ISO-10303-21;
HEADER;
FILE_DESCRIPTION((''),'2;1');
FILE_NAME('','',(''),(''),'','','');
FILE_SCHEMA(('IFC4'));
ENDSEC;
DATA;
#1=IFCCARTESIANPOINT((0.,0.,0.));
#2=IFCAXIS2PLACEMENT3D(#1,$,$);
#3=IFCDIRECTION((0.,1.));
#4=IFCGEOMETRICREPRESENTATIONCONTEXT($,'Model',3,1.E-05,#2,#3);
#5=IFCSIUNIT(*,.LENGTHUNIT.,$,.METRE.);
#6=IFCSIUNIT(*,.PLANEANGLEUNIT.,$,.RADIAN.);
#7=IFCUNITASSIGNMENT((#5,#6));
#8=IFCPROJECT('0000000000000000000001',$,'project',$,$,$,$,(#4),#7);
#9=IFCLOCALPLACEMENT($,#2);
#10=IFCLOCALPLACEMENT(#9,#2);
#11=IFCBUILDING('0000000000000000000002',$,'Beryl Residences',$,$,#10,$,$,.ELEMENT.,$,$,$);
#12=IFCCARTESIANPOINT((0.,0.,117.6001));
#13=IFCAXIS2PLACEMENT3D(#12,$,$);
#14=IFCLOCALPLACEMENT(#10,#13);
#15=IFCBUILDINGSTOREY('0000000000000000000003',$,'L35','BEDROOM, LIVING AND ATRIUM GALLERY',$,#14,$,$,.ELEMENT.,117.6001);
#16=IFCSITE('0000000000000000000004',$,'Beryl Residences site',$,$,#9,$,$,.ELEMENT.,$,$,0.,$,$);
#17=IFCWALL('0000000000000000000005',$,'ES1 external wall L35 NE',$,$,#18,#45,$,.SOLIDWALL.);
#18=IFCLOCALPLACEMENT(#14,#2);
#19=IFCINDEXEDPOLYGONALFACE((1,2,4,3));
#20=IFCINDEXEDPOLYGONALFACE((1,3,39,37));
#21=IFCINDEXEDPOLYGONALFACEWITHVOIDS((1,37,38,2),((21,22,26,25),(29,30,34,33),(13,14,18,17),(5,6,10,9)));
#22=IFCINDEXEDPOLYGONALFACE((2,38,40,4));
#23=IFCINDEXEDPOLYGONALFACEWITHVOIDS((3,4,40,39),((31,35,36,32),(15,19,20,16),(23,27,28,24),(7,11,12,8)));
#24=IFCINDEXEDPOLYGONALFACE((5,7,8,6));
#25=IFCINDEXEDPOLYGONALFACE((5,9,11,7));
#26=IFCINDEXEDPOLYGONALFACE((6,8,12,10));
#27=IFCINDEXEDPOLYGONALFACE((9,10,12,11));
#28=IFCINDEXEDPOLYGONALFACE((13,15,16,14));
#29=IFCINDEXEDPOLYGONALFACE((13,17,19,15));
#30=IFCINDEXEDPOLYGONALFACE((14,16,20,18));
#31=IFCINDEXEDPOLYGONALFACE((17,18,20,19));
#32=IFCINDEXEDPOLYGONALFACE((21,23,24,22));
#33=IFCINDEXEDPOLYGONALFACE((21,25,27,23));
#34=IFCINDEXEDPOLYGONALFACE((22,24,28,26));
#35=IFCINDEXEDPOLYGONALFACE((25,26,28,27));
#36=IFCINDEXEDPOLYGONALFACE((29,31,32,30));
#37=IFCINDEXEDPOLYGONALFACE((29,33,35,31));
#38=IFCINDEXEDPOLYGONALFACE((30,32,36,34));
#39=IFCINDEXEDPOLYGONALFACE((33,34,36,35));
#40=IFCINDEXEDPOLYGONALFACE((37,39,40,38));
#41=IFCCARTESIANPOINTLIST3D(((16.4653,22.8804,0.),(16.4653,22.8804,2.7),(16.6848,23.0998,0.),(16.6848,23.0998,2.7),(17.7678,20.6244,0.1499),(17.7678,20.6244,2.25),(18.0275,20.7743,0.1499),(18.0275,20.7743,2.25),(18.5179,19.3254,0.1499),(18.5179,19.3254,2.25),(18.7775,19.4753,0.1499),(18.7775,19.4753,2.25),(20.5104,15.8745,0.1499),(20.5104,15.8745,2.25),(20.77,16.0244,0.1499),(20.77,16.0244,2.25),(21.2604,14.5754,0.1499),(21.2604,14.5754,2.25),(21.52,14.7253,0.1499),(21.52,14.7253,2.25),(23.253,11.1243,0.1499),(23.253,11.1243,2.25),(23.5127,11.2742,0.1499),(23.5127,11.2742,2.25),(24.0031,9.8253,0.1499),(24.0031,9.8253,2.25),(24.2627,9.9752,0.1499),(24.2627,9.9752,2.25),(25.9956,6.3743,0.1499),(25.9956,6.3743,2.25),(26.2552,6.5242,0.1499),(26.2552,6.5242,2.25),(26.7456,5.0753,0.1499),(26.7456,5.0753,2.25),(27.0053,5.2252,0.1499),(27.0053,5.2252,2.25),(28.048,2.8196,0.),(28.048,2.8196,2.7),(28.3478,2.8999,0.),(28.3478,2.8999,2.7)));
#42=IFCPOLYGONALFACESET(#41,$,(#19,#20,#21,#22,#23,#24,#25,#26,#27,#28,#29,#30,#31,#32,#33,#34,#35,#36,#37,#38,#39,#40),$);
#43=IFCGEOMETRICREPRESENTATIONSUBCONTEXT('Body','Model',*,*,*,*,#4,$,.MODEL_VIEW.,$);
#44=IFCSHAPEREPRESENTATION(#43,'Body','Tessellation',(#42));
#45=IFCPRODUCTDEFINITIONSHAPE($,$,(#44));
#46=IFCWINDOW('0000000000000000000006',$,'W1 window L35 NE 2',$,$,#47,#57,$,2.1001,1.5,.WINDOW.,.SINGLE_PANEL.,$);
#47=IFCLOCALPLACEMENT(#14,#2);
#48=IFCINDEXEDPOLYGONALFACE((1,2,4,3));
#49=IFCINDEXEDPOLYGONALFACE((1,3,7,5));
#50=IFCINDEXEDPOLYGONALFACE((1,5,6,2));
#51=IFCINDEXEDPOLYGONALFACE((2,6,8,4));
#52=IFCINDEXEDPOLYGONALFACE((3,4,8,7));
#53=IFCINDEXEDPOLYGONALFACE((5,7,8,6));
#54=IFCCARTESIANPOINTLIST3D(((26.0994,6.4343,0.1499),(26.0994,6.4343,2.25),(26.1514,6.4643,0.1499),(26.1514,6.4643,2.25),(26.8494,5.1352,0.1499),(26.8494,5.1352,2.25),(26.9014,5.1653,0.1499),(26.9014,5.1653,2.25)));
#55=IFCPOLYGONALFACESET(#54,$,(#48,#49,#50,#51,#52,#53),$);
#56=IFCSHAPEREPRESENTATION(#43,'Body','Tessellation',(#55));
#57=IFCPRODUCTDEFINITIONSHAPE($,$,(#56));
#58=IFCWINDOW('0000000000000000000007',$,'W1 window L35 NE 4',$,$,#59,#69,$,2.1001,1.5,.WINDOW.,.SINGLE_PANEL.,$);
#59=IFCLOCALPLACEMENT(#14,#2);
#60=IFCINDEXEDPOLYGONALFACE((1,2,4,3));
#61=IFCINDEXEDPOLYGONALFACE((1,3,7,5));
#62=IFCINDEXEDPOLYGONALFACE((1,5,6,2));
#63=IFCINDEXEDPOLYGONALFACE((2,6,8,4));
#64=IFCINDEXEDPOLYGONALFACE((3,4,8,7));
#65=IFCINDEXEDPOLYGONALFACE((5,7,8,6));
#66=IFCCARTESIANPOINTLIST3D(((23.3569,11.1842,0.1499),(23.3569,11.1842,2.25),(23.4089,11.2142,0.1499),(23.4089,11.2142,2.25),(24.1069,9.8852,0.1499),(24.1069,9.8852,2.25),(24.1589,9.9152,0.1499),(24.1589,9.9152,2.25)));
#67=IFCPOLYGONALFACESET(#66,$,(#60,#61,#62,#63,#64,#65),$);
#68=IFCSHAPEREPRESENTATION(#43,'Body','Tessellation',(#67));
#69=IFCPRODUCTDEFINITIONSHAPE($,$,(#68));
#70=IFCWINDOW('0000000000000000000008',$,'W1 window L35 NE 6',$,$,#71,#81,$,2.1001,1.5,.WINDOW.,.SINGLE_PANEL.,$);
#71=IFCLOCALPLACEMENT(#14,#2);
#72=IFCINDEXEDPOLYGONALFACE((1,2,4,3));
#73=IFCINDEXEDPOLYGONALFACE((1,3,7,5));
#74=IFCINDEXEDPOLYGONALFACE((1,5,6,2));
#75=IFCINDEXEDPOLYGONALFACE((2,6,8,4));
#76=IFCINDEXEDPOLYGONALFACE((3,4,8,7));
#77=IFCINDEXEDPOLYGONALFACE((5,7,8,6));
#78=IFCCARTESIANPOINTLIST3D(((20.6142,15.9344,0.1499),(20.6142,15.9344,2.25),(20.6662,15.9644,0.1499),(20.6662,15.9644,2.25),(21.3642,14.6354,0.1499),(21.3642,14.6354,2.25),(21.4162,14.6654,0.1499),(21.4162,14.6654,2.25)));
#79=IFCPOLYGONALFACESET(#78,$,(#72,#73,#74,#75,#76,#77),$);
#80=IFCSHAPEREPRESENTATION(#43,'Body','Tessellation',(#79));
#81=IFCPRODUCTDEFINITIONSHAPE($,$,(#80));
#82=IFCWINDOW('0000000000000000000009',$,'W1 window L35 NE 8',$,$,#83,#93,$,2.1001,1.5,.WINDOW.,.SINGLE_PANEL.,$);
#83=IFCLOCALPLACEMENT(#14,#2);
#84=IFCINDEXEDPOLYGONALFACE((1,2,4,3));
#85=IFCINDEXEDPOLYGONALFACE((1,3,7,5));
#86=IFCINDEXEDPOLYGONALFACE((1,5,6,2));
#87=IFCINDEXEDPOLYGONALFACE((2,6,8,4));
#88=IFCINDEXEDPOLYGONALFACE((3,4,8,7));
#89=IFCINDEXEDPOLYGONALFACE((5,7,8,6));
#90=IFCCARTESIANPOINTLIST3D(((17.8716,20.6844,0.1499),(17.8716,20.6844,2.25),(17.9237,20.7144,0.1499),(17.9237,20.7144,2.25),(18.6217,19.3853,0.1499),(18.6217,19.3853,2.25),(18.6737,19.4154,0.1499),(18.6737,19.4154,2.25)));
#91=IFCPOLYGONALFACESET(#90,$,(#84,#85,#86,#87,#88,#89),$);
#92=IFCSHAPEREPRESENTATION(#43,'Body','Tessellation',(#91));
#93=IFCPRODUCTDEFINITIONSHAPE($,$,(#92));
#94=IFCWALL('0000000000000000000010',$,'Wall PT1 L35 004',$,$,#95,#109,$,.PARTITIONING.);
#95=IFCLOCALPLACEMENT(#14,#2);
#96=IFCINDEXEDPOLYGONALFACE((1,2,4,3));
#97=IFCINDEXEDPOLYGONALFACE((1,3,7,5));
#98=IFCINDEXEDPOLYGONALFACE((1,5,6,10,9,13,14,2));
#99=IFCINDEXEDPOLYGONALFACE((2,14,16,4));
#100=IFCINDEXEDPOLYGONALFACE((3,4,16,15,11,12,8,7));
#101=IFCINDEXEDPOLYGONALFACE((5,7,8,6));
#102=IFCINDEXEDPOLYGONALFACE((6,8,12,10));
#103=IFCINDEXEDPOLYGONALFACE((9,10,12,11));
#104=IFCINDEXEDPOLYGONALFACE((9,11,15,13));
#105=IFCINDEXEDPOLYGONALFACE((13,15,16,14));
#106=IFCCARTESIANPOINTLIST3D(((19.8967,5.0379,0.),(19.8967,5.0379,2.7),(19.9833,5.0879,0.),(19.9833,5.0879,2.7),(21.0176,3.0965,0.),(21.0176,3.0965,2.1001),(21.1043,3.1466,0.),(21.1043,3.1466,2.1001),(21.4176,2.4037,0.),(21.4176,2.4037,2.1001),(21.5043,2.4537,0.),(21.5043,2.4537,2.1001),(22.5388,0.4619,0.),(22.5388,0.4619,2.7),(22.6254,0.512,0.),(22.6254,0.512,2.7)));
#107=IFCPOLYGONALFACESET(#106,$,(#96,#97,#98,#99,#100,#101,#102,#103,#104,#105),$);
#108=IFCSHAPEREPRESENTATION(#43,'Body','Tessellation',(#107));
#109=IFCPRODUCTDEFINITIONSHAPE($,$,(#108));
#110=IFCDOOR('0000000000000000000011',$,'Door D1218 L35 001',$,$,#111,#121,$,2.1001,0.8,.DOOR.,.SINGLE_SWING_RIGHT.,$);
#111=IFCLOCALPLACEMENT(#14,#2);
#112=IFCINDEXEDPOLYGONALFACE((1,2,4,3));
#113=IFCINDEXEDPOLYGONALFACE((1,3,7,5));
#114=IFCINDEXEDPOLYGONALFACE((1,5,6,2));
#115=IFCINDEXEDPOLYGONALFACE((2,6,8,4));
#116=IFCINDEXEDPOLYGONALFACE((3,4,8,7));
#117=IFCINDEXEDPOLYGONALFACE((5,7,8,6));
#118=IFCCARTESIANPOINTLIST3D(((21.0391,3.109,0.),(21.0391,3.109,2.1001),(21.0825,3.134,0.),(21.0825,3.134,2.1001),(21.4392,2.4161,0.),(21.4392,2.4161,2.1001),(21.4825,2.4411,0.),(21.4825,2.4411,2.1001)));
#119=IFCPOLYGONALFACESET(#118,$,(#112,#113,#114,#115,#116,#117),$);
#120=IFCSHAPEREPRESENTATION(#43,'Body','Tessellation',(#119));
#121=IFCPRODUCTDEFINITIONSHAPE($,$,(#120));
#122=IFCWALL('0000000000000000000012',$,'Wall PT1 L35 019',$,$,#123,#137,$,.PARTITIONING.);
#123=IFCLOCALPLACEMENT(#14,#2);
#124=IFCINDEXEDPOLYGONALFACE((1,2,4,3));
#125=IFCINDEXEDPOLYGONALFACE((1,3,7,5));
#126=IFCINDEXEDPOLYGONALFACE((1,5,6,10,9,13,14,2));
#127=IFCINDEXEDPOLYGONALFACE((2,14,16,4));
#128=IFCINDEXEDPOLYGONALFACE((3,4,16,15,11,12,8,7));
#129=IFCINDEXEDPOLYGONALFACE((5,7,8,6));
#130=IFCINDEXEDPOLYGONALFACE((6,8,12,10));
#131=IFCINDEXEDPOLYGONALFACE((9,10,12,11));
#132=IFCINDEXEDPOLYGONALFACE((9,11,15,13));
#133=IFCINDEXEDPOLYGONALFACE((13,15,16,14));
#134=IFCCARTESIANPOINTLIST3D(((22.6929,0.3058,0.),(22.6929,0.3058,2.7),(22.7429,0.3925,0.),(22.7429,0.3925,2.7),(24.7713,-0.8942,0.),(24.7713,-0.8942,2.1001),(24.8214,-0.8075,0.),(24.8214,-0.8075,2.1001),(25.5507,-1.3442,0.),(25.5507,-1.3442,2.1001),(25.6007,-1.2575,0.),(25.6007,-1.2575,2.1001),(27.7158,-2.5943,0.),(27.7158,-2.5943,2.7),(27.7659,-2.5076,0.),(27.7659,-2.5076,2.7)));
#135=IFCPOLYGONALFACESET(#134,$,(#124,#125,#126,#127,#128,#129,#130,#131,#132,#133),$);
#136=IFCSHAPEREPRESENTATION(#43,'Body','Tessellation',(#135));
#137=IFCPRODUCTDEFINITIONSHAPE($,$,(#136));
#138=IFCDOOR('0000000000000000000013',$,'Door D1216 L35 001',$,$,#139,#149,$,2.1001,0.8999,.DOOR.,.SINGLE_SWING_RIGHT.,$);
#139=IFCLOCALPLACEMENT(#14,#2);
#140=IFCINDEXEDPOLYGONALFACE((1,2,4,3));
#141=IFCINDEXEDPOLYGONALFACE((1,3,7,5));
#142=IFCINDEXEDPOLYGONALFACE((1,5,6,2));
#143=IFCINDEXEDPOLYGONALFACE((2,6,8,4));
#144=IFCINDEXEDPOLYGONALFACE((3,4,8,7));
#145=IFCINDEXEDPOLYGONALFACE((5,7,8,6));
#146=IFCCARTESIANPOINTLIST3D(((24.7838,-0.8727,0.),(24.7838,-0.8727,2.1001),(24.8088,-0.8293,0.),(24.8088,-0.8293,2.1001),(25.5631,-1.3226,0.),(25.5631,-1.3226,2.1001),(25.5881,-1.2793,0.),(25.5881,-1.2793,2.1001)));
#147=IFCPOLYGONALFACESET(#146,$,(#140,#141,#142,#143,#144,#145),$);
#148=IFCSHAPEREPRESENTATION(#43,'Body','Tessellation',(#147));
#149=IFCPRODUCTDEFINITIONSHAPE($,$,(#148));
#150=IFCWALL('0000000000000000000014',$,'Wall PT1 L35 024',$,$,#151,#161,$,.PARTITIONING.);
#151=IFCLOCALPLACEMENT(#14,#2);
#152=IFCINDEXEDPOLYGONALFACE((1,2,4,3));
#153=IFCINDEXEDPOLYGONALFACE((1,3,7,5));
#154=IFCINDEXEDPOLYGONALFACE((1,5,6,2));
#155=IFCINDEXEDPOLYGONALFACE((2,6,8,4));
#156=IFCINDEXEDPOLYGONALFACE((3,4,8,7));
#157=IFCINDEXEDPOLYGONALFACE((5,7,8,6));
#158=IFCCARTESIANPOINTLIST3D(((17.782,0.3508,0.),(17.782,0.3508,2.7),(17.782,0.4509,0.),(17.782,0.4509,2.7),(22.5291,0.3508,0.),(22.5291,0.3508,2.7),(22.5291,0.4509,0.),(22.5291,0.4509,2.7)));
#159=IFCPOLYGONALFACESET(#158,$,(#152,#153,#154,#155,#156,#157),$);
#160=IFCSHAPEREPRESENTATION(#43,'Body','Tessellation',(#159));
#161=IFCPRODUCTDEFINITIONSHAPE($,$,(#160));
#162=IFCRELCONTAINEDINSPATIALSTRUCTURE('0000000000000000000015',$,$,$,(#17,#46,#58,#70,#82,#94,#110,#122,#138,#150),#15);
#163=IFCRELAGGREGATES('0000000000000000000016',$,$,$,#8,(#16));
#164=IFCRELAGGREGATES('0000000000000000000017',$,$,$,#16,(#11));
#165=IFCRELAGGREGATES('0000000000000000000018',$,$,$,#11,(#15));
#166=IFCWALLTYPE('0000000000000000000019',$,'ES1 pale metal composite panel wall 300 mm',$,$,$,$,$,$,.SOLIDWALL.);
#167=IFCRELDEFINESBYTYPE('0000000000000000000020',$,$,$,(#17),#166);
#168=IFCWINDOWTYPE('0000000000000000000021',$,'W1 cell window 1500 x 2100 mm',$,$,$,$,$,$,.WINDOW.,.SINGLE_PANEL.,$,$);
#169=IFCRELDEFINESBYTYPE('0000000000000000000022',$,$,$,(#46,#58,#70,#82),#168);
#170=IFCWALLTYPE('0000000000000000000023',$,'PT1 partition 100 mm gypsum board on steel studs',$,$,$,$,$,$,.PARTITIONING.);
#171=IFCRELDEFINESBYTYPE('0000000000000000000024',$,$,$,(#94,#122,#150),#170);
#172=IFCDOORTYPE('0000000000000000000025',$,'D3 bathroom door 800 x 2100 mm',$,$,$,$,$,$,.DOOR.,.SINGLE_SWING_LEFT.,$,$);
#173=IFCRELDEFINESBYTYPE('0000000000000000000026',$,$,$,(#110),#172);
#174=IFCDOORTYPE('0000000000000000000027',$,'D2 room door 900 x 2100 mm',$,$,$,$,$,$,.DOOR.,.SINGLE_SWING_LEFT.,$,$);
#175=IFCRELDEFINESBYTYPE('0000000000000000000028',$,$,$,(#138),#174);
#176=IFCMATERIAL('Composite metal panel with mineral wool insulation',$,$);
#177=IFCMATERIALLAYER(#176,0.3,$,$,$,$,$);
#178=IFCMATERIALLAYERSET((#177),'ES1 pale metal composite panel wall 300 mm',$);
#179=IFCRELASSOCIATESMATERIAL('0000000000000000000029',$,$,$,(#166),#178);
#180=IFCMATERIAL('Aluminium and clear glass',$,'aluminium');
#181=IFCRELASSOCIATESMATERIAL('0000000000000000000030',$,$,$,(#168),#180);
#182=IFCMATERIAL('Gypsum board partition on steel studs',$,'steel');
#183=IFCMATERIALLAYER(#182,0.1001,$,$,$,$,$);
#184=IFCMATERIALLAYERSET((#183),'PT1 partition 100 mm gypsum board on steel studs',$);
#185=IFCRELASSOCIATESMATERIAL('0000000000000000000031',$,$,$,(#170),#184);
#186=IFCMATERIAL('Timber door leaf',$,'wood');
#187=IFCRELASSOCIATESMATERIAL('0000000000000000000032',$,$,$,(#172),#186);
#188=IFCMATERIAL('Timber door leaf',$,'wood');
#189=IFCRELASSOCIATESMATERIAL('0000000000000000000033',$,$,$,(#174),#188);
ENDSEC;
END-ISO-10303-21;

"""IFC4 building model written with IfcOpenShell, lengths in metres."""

from ifc_helpers import new_model, si_unit, direction, frame, frame_2d, origin, place, context, subcontext, project, spatial, polyline, rectangle, outline, extrude, material, layer, layer_set, type_object, element, fill, save


model = new_model("IFC4")

# Units and contexts
model_context = context("Model", 3, precision=1e-05, world=origin(), true_north=direction((0.0, 1.0)))
body_context = subcontext(model_context, "Body", "Model", "MODEL_VIEW")
ifc_project = project(units=[si_unit("LENGTHUNIT", "METRE"), si_unit("PLANEANGLEUNIT", "RADIAN")], contexts=[model_context])

# Site, building, storey
site_placement = place(None, origin())
site = spatial("IfcSite", under=ifc_project, at=site_placement, Name="Beryl Residences site", CompositionType="ELEMENT", RefElevation=0.0)
building_placement = place(site_placement, origin())
building = spatial("IfcBuilding", under=site, at=building_placement, Name="Beryl Residences", CompositionType="ELEMENT")
storey_placement = place(building_placement, frame((0.0, 0.0, 117.6001)))
storey = spatial("IfcBuildingStorey", under=building, at=storey_placement, Name="L35", Description="BEDROOM, LIVING AND ATRIUM GALLERY", CompositionType="ELEMENT", Elevation=117.6001)

# Wall, openings, windows
ifc_material_1 = material(Name="Composite metal panel with mineral wool insulation")
ifc_layer_1 = layer(ifc_material_1, 0.3)
ifc_layer_set_1 = layer_set([ifc_layer_1], Name="ES1 pale metal composite panel wall 300 mm")
wall_type_1 = type_object("IfcWallType", Name="ES1 pale metal composite panel wall 300 mm", PredefinedType="SOLIDWALL", material=ifc_layer_set_1)
wall_1_placement = place(storey_placement, frame((28.218, 2.825, 0.0), z_axis=(0.0, 0.0, 1.0), x_axis=(-0.500021, 0.866014, 0.0)))
wall_1 = element("IfcWall", 1, at=wall_1_placement, inside=storey, type_object=wall_type_1, Name="ES1 external wall L35 NE", PredefinedType="SOLIDWALL", context=body_context, shape_type="SweptSolid", body=[
    extrude(outline(polyline([(0.0, -0.1499), (23.3252, -0.1499), (23.2449, 0.1499), (0.0803, 0.1499), (0.0, -0.1499)])), origin(), (0.0, 0.0, 1.0), 2.7),
])
opening_1_placement = place(wall_1_placement, frame((2.6851, 0.0, 0.1499)))
opening_1 = element("IfcOpeningElement", 2, at=opening_1_placement, cuts=wall_1, PredefinedType="OPENING", context=body_context, shape_type="SweptSolid", body=[
    extrude(rectangle(XDim=1.5, YDim=2.1001, at=frame_2d((0.75, 1.05))), frame((0.0, 0.1599, 0.0), z_axis=(0.0, -1.0, 0.0), x_axis=(1.0, 0.0, 0.0)), (0.0, 0.0, 1.0), 0.3201),
])
opening_2_placement = place(wall_1_placement, frame((8.1699, 0.0, 0.1499)))
opening_2 = element("IfcOpeningElement", 3, at=opening_2_placement, cuts=wall_1, PredefinedType="OPENING", context=body_context, shape_type="SweptSolid", body=[
    extrude(rectangle(XDim=1.5, YDim=2.1001, at=frame_2d((0.75, 1.05))), frame((0.0, 0.1599, 0.0), z_axis=(0.0, -1.0, 0.0), x_axis=(1.0, 0.0, 0.0)), (0.0, 0.0, 1.0), 0.3201),
])
opening_3_placement = place(wall_1_placement, frame((13.655, 0.0, 0.1499)))
opening_3 = element("IfcOpeningElement", 4, at=opening_3_placement, cuts=wall_1, PredefinedType="OPENING", context=body_context, shape_type="SweptSolid", body=[
    extrude(rectangle(XDim=1.5, YDim=2.1001, at=frame_2d((0.75, 1.05))), frame((0.0, 0.1599, 0.0), z_axis=(0.0, -1.0, 0.0), x_axis=(1.0, 0.0, 0.0)), (0.0, 0.0, 1.0), 0.3201),
])
opening_4_placement = place(wall_1_placement, frame((19.1399, 0.0, 0.1499)))
opening_4 = element("IfcOpeningElement", 5, at=opening_4_placement, cuts=wall_1, PredefinedType="OPENING", context=body_context, shape_type="SweptSolid", body=[
    extrude(rectangle(XDim=1.5, YDim=2.1001, at=frame_2d((0.75, 1.05))), frame((0.0, 0.1599, 0.0), z_axis=(0.0, -1.0, 0.0), x_axis=(1.0, 0.0, 0.0)), (0.0, 0.0, 1.0), 0.3201),
])
ifc_material_2 = material(Name="Aluminium and clear glass", Category="aluminium")
window_type = type_object("IfcWindowType", Name="W1 cell window 1500 x 2100 mm", PartitioningType="SINGLE_PANEL", PredefinedType="WINDOW", material=ifc_material_2)
window_1_placement = place(opening_1_placement, origin())
window_1 = element("IfcWindow", 6, at=window_1_placement, inside=storey, type_object=window_type, Name="W1 window L35 NE 2", OverallHeight=2.1001, OverallWidth=1.5, PartitioningType="SINGLE_PANEL", PredefinedType="WINDOW", context=body_context, shape_type="SweptSolid", body=[
    extrude(rectangle(XDim=1.5, YDim=2.1001, at=frame_2d((0.75, 1.05))), frame((0.0, 0.03, 0.0), z_axis=(0.0, -1.0, 0.0), x_axis=(1.0, 0.0, 0.0)), (0.0, 0.0, 1.0), 0.0601),
])
fill(opening_1, window_1)
window_2_placement = place(opening_2_placement, origin())
window_2 = element("IfcWindow", 7, at=window_2_placement, inside=storey, type_object=window_type, Name="W1 window L35 NE 4", OverallHeight=2.1001, OverallWidth=1.5, PartitioningType="SINGLE_PANEL", PredefinedType="WINDOW", context=body_context, shape_type="SweptSolid", body=[
    extrude(rectangle(XDim=1.5, YDim=2.1001, at=frame_2d((0.75, 1.05))), frame((0.0, 0.03, 0.0), z_axis=(0.0, -1.0, 0.0), x_axis=(1.0, 0.0, 0.0)), (0.0, 0.0, 1.0), 0.0601),
])
fill(opening_2, window_2)
window_3_placement = place(opening_3_placement, origin())
window_3 = element("IfcWindow", 8, at=window_3_placement, inside=storey, type_object=window_type, Name="W1 window L35 NE 6", OverallHeight=2.1001, OverallWidth=1.5, PartitioningType="SINGLE_PANEL", PredefinedType="WINDOW", context=body_context, shape_type="SweptSolid", body=[
    extrude(rectangle(XDim=1.5, YDim=2.1001, at=frame_2d((0.75, 1.05))), frame((0.0, 0.03, 0.0), z_axis=(0.0, -1.0, 0.0), x_axis=(1.0, 0.0, 0.0)), (0.0, 0.0, 1.0), 0.0601),
])
fill(opening_3, window_3)
window_4_placement = place(opening_4_placement, origin())
window_4 = element("IfcWindow", 9, at=window_4_placement, inside=storey, type_object=window_type, Name="W1 window L35 NE 8", OverallHeight=2.1001, OverallWidth=1.5, PartitioningType="SINGLE_PANEL", PredefinedType="WINDOW", context=body_context, shape_type="SweptSolid", body=[
    extrude(rectangle(XDim=1.5, YDim=2.1001, at=frame_2d((0.75, 1.05))), frame((0.0, 0.03, 0.0), z_axis=(0.0, -1.0, 0.0), x_axis=(1.0, 0.0, 0.0)), (0.0, 0.0, 1.0), 0.0601),
])
fill(opening_4, window_4)

# Walls, openings, doors
ifc_material_3 = material(Name="Gypsum board partition on steel studs", Category="steel")
ifc_layer_2 = layer(ifc_material_3, 0.1001)
ifc_layer_set_2 = layer_set([ifc_layer_2], Name="PT1 partition 100 mm gypsum board on steel studs")
wall_type_2 = type_object("IfcWallType", Name="PT1 partition 100 mm gypsum board on steel studs", PredefinedType="PARTITIONING", material=ifc_layer_set_2)
wall_2_placement = place(storey_placement, frame((19.9399, 5.063, 0.0), z_axis=(0.0, 0.0, 1.0), x_axis=(0.500025, -0.866011, 0.0)))
wall_2 = element("IfcWall", 10, at=wall_2_placement, inside=storey, type_object=wall_type_2, Name="Wall PT1 L35 004", PredefinedType="PARTITIONING", context=body_context, shape_type="SweptSolid", body=[
    extrude(rectangle(XDim=5.2839, YDim=0.1001, at=frame_2d((2.6421, 0.0))), origin(), (0.0, 0.0, 1.0), 2.7),
])
opening_5_placement = place(wall_2_placement, frame((2.2419, 0.0, 0.0)))
opening_5 = element("IfcOpeningElement", 11, at=opening_5_placement, cuts=wall_2, PredefinedType="OPENING", context=body_context, shape_type="SweptSolid", body=[
    extrude(rectangle(XDim=0.8, YDim=2.1001, at=frame_2d((0.3999, 1.05))), frame((0.0, 0.0601, 0.0), z_axis=(0.0, -1.0, 0.0), x_axis=(1.0, 0.0, 0.0)), (0.0, 0.0, 1.0), 0.1201),
])
ifc_material_4 = material(Name="Timber door leaf", Category="wood")
door_type_1 = type_object("IfcDoorType", Name="D3 bathroom door 800 x 2100 mm", OperationType="SINGLE_SWING_LEFT", PredefinedType="DOOR", material=ifc_material_4)
door_1_placement = place(opening_5_placement, origin())
door_1 = element("IfcDoor", 12, at=door_1_placement, inside=storey, type_object=door_type_1, Name="Door D1218 L35 001", OperationType="SINGLE_SWING_RIGHT", OverallHeight=2.1001, OverallWidth=0.8, PredefinedType="DOOR", context=body_context, shape_type="SweptSolid", body=[
    extrude(rectangle(XDim=0.8, YDim=2.1001, at=frame_2d((0.3999, 1.05))), frame((0.0, 0.0249, 0.0), z_axis=(0.0, -1.0, 0.0), x_axis=(1.0, 0.0, 0.0)), (0.0, 0.0, 1.0), 0.05),
])
fill(opening_5, door_1)
wall_3_placement = place(storey_placement, frame((22.718, 0.3491, 0.0), z_axis=(0.0, 0.0, 1.0), x_axis=(0.866015, -0.500019, 0.0)))
wall_3 = element("IfcWall", 13, at=wall_3_placement, inside=storey, type_object=wall_type_2, Name="Wall PT1 L35 019", PredefinedType="PARTITIONING", context=body_context, shape_type="SweptSolid", body=[
    extrude(rectangle(XDim=5.8, YDim=0.1001, at=frame_2d((2.8999, 0.0))), origin(), (0.0, 0.0, 1.0), 2.7),
])
opening_6_placement = place(wall_3_placement, frame((2.3999, 0.0, 0.0)))
opening_6 = element("IfcOpeningElement", 14, at=opening_6_placement, cuts=wall_3, PredefinedType="OPENING", context=body_context, shape_type="SweptSolid", body=[
    extrude(rectangle(XDim=0.8999, YDim=2.1001, at=frame_2d((0.45, 1.05))), frame((0.0, 0.0601, 0.0), z_axis=(0.0, -1.0, 0.0), x_axis=(1.0, 0.0, 0.0)), (0.0, 0.0, 1.0), 0.1201),
])
ifc_material_5 = material(Name="Timber door leaf", Category="wood")
door_type_2 = type_object("IfcDoorType", Name="D2 room door 900 x 2100 mm", OperationType="SINGLE_SWING_LEFT", PredefinedType="DOOR", material=ifc_material_5)
door_2_placement = place(opening_6_placement, origin())
door_2 = element("IfcDoor", 15, at=door_2_placement, inside=storey, type_object=door_type_2, Name="Door D1216 L35 001", OperationType="SINGLE_SWING_RIGHT", OverallHeight=2.1001, OverallWidth=0.8999, PredefinedType="DOOR", context=body_context, shape_type="SweptSolid", body=[
    extrude(rectangle(XDim=0.8999, YDim=2.1001, at=frame_2d((0.45, 1.05))), frame((0.0, 0.0249, 0.0), z_axis=(0.0, -1.0, 0.0), x_axis=(1.0, 0.0, 0.0)), (0.0, 0.0, 1.0), 0.05),
])
fill(opening_6, door_2)

# Wall
wall_4_placement = place(storey_placement, frame((17.782, 0.4009, 0.0), z_axis=(0.0, 0.0, 1.0), x_axis=(1.0, 0.0, 0.0)))
element("IfcWall", 16, at=wall_4_placement, inside=storey, type_object=wall_type_2, Name="Wall PT1 L35 024", PredefinedType="PARTITIONING", context=body_context, shape_type="SweptSolid", body=[
    extrude(rectangle(XDim=4.7471, YDim=0.1001, at=frame_2d((2.3735, 0.0))), origin(), (0.0, 0.0, 1.0), 2.7),
])

save(model, "model.ifc")
